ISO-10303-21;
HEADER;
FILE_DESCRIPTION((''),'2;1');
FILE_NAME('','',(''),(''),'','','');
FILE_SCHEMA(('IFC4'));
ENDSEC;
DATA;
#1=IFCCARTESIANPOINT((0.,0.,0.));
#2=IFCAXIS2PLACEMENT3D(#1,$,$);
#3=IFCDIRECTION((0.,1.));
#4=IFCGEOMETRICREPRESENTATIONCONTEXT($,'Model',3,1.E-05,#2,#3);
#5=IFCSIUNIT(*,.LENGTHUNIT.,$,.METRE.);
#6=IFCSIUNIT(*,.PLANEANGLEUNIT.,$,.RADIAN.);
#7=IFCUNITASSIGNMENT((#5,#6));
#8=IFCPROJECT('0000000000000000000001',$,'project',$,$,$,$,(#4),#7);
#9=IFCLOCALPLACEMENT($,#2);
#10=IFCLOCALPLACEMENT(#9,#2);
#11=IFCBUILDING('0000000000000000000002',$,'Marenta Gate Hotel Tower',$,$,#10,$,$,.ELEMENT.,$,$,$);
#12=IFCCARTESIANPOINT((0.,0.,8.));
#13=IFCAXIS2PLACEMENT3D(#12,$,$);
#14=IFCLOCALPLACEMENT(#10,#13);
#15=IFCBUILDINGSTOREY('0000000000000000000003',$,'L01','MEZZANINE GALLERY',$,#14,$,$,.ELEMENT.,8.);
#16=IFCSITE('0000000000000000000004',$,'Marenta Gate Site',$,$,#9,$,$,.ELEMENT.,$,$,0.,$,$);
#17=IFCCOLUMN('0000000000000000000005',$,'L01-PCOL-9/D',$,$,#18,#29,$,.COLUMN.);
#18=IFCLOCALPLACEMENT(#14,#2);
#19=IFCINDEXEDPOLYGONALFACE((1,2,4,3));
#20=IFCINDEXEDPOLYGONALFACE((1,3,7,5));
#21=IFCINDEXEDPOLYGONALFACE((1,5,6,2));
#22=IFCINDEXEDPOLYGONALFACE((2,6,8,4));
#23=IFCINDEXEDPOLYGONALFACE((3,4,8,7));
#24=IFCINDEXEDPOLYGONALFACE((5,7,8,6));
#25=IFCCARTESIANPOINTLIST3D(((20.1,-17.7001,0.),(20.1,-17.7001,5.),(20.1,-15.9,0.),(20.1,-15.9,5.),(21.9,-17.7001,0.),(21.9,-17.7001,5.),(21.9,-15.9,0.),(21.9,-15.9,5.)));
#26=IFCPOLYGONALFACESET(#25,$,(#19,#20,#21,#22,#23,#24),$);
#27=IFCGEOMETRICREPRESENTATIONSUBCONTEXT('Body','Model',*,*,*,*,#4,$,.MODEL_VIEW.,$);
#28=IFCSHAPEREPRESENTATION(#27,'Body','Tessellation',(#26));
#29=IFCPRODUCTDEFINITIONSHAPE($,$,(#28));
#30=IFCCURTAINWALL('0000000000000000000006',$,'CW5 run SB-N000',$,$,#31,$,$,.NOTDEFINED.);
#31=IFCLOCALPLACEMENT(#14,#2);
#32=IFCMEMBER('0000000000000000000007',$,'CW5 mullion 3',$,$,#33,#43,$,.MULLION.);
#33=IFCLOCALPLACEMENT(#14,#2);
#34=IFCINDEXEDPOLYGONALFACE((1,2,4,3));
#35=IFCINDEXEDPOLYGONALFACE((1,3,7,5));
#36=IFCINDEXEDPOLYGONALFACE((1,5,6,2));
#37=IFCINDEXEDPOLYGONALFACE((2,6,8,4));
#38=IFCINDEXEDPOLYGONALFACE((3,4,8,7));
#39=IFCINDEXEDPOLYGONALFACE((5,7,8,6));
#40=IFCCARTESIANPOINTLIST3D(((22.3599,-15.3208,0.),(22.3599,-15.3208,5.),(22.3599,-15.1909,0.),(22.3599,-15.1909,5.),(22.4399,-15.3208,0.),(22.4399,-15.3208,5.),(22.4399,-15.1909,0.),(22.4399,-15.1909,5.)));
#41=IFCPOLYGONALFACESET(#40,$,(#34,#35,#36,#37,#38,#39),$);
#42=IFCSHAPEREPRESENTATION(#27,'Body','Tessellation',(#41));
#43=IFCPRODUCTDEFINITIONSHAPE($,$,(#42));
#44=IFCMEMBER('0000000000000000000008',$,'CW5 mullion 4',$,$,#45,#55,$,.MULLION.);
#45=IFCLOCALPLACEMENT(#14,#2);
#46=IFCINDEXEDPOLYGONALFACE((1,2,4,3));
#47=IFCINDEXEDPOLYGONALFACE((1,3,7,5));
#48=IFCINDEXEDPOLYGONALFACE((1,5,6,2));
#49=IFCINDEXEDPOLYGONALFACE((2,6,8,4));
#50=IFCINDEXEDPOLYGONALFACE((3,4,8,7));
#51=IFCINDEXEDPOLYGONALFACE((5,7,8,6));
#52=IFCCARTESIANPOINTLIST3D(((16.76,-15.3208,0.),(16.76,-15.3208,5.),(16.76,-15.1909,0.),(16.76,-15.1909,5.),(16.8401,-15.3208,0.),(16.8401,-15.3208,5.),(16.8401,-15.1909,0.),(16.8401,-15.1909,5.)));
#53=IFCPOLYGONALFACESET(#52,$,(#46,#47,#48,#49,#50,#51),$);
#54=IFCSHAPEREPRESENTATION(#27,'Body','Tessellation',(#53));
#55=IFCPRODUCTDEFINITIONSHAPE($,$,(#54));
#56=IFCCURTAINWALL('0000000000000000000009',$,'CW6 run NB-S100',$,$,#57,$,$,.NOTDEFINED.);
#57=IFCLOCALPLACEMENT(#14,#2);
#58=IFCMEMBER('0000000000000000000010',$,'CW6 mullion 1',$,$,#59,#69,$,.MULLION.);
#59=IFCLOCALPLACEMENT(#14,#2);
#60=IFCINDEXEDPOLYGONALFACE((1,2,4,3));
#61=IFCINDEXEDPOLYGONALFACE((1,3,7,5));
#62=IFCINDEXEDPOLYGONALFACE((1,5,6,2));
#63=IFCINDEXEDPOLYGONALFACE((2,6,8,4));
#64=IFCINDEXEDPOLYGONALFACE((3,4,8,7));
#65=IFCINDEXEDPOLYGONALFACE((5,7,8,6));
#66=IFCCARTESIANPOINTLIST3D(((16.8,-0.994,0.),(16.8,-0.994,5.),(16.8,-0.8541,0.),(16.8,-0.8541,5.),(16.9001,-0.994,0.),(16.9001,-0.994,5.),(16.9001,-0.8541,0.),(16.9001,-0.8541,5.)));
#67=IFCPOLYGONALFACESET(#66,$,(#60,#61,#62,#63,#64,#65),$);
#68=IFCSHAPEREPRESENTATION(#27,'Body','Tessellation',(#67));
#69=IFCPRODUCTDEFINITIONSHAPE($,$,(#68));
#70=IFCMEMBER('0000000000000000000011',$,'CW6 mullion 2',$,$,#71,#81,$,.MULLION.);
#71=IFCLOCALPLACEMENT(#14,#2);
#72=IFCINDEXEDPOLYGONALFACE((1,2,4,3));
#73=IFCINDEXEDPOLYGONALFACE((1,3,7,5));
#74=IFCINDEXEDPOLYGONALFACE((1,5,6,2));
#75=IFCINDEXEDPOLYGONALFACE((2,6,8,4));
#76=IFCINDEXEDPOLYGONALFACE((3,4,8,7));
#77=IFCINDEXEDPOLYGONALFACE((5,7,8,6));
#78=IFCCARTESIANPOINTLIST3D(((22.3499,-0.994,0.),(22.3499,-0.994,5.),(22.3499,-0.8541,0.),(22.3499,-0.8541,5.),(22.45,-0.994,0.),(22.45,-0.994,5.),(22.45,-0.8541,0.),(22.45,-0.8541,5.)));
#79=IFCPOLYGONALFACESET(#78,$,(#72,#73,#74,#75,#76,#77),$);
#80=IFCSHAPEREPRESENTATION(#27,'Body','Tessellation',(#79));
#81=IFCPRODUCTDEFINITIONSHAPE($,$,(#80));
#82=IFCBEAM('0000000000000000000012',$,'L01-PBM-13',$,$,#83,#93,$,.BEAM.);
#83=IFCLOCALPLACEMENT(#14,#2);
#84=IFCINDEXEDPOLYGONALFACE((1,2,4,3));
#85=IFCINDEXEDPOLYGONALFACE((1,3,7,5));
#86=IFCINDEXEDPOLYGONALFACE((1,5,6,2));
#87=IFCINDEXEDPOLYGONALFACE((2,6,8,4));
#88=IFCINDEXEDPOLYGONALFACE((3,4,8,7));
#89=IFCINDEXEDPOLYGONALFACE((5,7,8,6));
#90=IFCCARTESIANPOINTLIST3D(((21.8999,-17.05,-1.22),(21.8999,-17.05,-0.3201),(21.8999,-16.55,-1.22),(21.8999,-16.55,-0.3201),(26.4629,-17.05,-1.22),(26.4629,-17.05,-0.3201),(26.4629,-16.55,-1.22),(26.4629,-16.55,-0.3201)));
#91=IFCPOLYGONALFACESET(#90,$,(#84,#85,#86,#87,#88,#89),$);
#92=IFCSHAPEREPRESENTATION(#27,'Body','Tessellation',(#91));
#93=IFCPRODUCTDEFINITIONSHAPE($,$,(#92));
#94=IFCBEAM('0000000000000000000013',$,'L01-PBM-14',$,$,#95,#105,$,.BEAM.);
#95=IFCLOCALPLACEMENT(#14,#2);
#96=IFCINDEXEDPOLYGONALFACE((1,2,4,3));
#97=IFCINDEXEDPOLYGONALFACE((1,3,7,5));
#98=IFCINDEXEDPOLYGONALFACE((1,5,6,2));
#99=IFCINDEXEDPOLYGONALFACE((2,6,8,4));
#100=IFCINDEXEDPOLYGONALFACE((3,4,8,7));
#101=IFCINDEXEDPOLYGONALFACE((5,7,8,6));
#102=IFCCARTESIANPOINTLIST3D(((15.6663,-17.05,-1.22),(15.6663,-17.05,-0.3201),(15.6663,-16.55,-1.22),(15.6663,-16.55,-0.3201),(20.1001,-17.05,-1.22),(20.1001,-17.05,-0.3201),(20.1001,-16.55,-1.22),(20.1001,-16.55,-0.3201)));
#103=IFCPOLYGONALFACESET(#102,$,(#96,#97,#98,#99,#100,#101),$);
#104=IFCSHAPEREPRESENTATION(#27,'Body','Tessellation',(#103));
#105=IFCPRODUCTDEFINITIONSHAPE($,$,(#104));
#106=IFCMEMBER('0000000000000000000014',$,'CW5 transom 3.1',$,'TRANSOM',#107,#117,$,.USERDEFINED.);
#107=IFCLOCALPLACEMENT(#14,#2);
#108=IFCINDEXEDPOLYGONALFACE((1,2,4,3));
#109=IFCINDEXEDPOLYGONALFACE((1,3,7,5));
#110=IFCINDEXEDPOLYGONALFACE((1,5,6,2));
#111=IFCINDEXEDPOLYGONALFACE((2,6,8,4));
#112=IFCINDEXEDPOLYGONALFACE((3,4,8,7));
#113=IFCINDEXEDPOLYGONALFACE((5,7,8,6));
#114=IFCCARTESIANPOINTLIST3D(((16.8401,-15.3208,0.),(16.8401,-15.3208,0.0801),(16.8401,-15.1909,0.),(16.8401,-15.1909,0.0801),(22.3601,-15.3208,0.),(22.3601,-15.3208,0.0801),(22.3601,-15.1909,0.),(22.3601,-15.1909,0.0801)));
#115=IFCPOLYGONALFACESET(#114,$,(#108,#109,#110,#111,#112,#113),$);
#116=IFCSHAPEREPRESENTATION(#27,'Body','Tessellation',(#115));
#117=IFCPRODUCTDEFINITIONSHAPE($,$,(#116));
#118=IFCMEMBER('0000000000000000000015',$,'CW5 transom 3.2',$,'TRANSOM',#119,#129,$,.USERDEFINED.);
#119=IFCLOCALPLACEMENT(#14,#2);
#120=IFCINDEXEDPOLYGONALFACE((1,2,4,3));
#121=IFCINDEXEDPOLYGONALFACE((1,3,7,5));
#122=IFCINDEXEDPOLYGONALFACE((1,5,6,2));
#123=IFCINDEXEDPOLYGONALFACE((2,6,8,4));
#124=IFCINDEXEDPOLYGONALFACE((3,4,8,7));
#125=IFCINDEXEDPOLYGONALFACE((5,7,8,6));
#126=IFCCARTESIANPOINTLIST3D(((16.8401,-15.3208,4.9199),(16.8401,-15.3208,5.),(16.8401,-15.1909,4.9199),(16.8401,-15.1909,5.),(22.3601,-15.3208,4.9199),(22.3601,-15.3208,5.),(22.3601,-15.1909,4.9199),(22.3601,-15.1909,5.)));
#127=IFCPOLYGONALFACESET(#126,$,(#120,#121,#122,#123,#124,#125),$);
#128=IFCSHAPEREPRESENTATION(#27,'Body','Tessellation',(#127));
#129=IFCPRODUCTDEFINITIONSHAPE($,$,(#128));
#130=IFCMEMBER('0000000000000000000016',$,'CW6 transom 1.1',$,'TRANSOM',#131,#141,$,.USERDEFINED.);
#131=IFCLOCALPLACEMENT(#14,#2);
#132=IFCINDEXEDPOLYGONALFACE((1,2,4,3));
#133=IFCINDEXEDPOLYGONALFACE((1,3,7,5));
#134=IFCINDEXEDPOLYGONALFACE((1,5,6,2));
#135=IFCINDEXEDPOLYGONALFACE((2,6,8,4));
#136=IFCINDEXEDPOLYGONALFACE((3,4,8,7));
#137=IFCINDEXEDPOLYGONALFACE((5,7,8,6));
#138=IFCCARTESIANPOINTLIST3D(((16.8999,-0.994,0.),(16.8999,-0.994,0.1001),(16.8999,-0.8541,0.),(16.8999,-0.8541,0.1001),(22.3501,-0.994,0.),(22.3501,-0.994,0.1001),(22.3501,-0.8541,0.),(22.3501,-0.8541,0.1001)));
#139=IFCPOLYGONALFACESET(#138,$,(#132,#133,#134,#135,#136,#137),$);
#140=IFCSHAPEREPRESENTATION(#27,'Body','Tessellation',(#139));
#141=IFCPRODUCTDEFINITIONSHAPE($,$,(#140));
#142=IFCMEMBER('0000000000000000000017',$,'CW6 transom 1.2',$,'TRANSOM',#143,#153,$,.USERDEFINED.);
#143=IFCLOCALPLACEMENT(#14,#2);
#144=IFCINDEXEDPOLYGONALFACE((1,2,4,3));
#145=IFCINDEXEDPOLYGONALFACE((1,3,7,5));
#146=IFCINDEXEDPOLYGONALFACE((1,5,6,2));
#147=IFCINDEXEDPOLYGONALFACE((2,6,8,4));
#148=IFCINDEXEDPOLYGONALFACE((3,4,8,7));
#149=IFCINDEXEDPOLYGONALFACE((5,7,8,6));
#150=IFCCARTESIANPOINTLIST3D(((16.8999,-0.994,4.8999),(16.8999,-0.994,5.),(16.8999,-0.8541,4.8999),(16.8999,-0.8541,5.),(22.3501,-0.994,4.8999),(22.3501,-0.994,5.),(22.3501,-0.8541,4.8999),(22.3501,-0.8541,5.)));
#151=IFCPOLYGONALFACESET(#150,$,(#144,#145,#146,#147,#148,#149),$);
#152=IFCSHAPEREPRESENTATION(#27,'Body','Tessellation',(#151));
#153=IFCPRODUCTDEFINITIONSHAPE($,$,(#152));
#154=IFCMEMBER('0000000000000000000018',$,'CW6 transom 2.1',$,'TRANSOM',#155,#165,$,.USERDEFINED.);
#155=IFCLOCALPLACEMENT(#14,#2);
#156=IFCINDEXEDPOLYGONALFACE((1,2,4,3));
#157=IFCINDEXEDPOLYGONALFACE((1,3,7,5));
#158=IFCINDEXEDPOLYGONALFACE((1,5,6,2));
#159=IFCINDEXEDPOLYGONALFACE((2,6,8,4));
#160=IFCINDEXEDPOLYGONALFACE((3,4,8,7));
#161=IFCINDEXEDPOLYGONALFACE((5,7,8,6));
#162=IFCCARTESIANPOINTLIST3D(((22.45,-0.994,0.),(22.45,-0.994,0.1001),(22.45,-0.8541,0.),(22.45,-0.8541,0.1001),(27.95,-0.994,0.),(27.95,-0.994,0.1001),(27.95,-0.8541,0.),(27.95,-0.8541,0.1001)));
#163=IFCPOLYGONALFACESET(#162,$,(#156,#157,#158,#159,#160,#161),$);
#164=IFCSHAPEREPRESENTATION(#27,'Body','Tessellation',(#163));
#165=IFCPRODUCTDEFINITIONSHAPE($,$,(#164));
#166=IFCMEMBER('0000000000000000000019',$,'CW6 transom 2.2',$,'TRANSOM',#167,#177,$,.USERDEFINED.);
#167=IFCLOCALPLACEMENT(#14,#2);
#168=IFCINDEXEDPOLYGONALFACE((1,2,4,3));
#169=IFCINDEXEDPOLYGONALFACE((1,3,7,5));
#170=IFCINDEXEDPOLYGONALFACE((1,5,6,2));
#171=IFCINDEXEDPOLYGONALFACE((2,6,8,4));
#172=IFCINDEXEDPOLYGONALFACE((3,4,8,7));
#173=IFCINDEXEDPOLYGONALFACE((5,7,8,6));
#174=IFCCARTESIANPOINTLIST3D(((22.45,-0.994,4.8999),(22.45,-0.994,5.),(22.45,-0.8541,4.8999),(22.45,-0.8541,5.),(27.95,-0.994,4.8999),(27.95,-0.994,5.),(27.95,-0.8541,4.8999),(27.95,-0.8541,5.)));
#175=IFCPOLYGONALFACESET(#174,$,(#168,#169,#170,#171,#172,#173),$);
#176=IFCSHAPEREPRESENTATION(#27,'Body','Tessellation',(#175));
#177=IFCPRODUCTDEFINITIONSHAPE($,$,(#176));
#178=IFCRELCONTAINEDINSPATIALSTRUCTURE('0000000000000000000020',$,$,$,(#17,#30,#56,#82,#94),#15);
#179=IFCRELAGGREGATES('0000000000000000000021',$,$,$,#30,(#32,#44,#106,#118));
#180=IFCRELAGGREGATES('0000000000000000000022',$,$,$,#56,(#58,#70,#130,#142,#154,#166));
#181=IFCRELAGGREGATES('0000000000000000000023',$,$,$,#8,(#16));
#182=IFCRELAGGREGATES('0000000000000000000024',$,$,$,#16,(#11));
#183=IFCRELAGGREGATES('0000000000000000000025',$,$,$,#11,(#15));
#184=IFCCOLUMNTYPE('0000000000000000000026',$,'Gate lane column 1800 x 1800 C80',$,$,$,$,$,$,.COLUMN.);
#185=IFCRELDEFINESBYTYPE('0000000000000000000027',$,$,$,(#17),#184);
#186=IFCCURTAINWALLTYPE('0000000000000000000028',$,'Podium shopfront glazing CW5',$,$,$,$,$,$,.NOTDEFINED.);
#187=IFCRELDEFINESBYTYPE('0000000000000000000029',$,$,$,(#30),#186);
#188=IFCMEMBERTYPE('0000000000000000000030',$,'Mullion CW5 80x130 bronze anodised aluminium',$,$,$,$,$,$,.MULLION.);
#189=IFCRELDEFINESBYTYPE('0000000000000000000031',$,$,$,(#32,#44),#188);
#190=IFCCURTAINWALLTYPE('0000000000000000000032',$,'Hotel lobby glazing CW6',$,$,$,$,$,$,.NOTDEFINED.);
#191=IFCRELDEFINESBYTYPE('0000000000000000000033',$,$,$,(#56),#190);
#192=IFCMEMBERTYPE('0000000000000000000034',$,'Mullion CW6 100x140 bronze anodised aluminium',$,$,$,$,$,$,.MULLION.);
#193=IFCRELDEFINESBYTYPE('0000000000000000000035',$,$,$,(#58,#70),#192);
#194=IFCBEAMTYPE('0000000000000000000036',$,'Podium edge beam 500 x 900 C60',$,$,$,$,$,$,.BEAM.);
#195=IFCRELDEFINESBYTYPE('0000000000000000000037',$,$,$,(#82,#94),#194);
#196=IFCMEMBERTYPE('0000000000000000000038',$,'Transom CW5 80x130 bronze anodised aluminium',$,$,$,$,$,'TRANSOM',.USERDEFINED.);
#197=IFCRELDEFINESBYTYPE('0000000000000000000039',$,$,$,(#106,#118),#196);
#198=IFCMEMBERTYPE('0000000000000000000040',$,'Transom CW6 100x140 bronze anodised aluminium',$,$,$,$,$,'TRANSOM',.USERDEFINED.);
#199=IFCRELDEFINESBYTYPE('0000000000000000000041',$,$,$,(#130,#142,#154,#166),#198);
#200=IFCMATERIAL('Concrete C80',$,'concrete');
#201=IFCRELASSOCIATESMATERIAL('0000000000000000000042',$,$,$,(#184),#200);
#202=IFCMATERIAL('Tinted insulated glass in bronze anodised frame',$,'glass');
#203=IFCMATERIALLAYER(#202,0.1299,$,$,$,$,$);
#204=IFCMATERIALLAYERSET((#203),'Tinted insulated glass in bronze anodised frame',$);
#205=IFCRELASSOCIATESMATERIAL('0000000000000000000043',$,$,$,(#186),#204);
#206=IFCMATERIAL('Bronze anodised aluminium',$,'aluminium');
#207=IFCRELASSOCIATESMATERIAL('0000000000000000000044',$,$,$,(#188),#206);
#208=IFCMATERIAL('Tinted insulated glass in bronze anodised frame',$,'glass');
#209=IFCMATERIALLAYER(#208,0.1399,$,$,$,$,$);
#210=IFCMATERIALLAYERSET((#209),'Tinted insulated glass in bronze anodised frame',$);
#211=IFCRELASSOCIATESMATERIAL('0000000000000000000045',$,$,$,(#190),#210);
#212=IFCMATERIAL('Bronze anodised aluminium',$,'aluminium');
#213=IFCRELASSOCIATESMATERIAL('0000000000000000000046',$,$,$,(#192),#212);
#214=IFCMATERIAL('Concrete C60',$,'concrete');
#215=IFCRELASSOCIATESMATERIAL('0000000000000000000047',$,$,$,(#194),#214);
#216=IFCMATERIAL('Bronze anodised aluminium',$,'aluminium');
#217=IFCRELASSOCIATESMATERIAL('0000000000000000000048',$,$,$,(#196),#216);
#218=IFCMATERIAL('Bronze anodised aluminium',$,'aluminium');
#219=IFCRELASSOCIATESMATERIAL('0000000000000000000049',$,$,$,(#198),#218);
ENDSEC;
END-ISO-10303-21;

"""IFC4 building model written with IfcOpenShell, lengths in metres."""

from ifc_helpers import new_model, si_unit, direction, frame, origin, origin_2d, place, context, subcontext, project, spatial, rectangle, extrude, material, layer, layer_set, material_profile, profile_set, type_object, element, aggregate, save


model = new_model("IFC4")

# Units and contexts
model_context = context("Model", 3, precision=1e-05, world=origin(), true_north=direction((0.0, 1.0)))
body_context = subcontext(model_context, "Body", "Model", "MODEL_VIEW")
ifc_project = project(units=[si_unit("LENGTHUNIT", "METRE"), si_unit("PLANEANGLEUNIT", "RADIAN")], contexts=[model_context])

# Site, building, storey
site_placement = place(None, origin())
site = spatial("IfcSite", under=ifc_project, at=site_placement, Name="Marenta Gate Site", CompositionType="ELEMENT", RefElevation=0.0)
building_placement = place(site_placement, origin())
building = spatial("IfcBuilding", under=site, at=building_placement, Name="Marenta Gate Hotel Tower", CompositionType="ELEMENT")
storey_placement = place(building_placement, frame((0.0, 0.0, 8.0)))
storey = spatial("IfcBuildingStorey", under=building, at=storey_placement, Name="L01", Description="MEZZANINE GALLERY", CompositionType="ELEMENT", Elevation=8.0)

# Column
ifc_material_1 = material(Name="Concrete C80", Category="concrete")
ifc_material_profile_1 = material_profile(ifc_material_1, rectangle(XDim=1.8, YDim=1.8, at=origin_2d()), Name="1800 x 1800")
ifc_profile_set_1 = profile_set([ifc_material_profile_1], Name="Concrete C80")
column_type = type_object("IfcColumnType", Name="Gate lane column 1800 x 1800 C80", PredefinedType="COLUMN", material=ifc_profile_set_1)
column_placement = place(storey_placement, frame((21.0, -16.8, 0.0), z_axis=(0.0, 0.0, 1.0), x_axis=(1.0, 0.0, 0.0)))
element("IfcColumn", 1, at=column_placement, inside=storey, type_object=column_type, Name="L01-PCOL-9/D", PredefinedType="COLUMN", context=body_context, shape_type="SweptSolid", body=[
    extrude(rectangle(XDim=1.8, YDim=1.8, at=origin_2d()), origin(), (0.0, 0.0, 1.0), 5.0),
])

# Curtain walls, members
ifc_material_2 = material(Name="Tinted insulated glass in bronze anodised frame", Category="glass")
ifc_layer_1 = layer(ifc_material_2, 0.1299)
ifc_layer_set_1 = layer_set([ifc_layer_1], Name="Tinted insulated glass in bronze anodised frame")
curtain_wall_type_1 = type_object("IfcCurtainWallType", Name="Podium shopfront glazing CW5", PredefinedType="NOTDEFINED", material=ifc_layer_set_1)
curtain_wall_1_placement = place(storey_placement, origin())
curtain_wall_1 = element("IfcCurtainWall", 2, at=curtain_wall_1_placement, inside=storey, type_object=curtain_wall_type_1, Name="CW5 run SB-N000", PredefinedType="NOTDEFINED")
ifc_material_3 = material(Name="Bronze anodised aluminium", Category="aluminium")
ifc_material_profile_2 = material_profile(ifc_material_3, rectangle(XDim=0.1299, YDim=0.0801, at=origin_2d()), Name="Mullion CW5 80x130 bronze anodised aluminium")
ifc_profile_set_2 = profile_set([ifc_material_profile_2], Name="Bronze anodised aluminium")
member_type_1 = type_object("IfcMemberType", Name="Mullion CW5 80x130 bronze anodised aluminium", PredefinedType="MULLION", material=ifc_profile_set_2)
member_1_placement = place(storey_placement, frame((22.3999, -15.2559, 0.0), z_axis=(0.0, 0.0, 1.0), x_axis=(0.0, -1.0, 0.0)))
member_1 = element("IfcMember", 3, at=member_1_placement, type_object=member_type_1, Name="CW5 mullion 3", PredefinedType="MULLION", context=body_context, shape_type="SweptSolid", body=[
    extrude(rectangle(XDim=0.1299, YDim=0.0801, at=origin_2d()), origin(), (0.0, 0.0, 1.0), 5.0),
])
member_2_placement = place(storey_placement, frame((16.8, -15.2559, 0.0), z_axis=(0.0, 0.0, 1.0), x_axis=(0.0, -1.0, 0.0)))
member_2 = element("IfcMember", 4, at=member_2_placement, type_object=member_type_1, Name="CW5 mullion 4", PredefinedType="MULLION", context=body_context, shape_type="SweptSolid", body=[
    extrude(rectangle(XDim=0.1299, YDim=0.0801, at=origin_2d()), origin(), (0.0, 0.0, 1.0), 5.0),
])
ifc_material_4 = material(Name="Tinted insulated glass in bronze anodised frame", Category="glass")
ifc_layer_2 = layer(ifc_material_4, 0.1399)
ifc_layer_set_2 = layer_set([ifc_layer_2], Name="Tinted insulated glass in bronze anodised frame")
curtain_wall_type_2 = type_object("IfcCurtainWallType", Name="Hotel lobby glazing CW6", PredefinedType="NOTDEFINED", material=ifc_layer_set_2)
curtain_wall_2_placement = place(storey_placement, origin())
curtain_wall_2 = element("IfcCurtainWall", 5, at=curtain_wall_2_placement, inside=storey, type_object=curtain_wall_type_2, Name="CW6 run NB-S100", PredefinedType="NOTDEFINED")
ifc_material_5 = material(Name="Bronze anodised aluminium", Category="aluminium")
ifc_material_profile_3 = material_profile(ifc_material_5, rectangle(XDim=0.1399, YDim=0.1001, at=origin_2d()), Name="Mullion CW6 100x140 bronze anodised aluminium")
ifc_profile_set_3 = profile_set([ifc_material_profile_3], Name="Bronze anodised aluminium")
member_type_2 = type_object("IfcMemberType", Name="Mullion CW6 100x140 bronze anodised aluminium", PredefinedType="MULLION", material=ifc_profile_set_3)
member_3_placement = place(storey_placement, frame((16.8501, -0.9241, 0.0), z_axis=(0.0, 0.0, 1.0), x_axis=(0.0, 1.0, 0.0)))
member_3 = element("IfcMember", 6, at=member_3_placement, type_object=member_type_2, Name="CW6 mullion 1", PredefinedType="MULLION", context=body_context, shape_type="SweptSolid", body=[
    extrude(rectangle(XDim=0.1399, YDim=0.1001, at=origin_2d()), origin(), (0.0, 0.0, 1.0), 5.0),
])
member_4_placement = place(storey_placement, frame((22.3999, -0.9241, 0.0), z_axis=(0.0, 0.0, 1.0), x_axis=(0.0, 1.0, 0.0)))
member_4 = element("IfcMember", 7, at=member_4_placement, type_object=member_type_2, Name="CW6 mullion 2", PredefinedType="MULLION", context=body_context, shape_type="SweptSolid", body=[
    extrude(rectangle(XDim=0.1399, YDim=0.1001, at=origin_2d()), origin(), (0.0, 0.0, 1.0), 5.0),
])

# Beams
ifc_material_6 = material(Name="Concrete C60", Category="concrete")
ifc_material_profile_4 = material_profile(ifc_material_6, rectangle(XDim=0.5, YDim=0.8999, at=origin_2d()), Name="500 x 900")
ifc_profile_set_4 = profile_set([ifc_material_profile_4], Name="Concrete C60")
beam_type = type_object("IfcBeamType", Name="Podium edge beam 500 x 900 C60", PredefinedType="BEAM", material=ifc_profile_set_4)
beam_1_placement = place(storey_placement, frame((26.4629, -16.8, -0.77), z_axis=(-1.0, 0.0, 0.0), x_axis=(0.0, -1.0, 0.0)))
element("IfcBeam", 8, at=beam_1_placement, inside=storey, type_object=beam_type, Name="L01-PBM-13", PredefinedType="BEAM", context=body_context, shape_type="SweptSolid", body=[
    extrude(rectangle(XDim=0.5, YDim=0.8999, at=origin_2d()), origin(), (0.0, 0.0, 1.0), 4.563),
])
beam_2_placement = place(storey_placement, frame((20.1001, -16.8, -0.77), z_axis=(-1.0, 0.0, 0.0), x_axis=(0.0, -1.0, 0.0)))
element("IfcBeam", 9, at=beam_2_placement, inside=storey, type_object=beam_type, Name="L01-PBM-14", PredefinedType="BEAM", context=body_context, shape_type="SweptSolid", body=[
    extrude(rectangle(XDim=0.5, YDim=0.8999, at=origin_2d()), origin(), (0.0, 0.0, 1.0), 4.4338),
])

# Members
ifc_material_7 = material(Name="Bronze anodised aluminium", Category="aluminium")
ifc_material_profile_5 = material_profile(ifc_material_7, rectangle(XDim=0.1299, YDim=0.0801, at=origin_2d()), Name="Transom CW5 80x130 bronze anodised aluminium")
ifc_profile_set_5 = profile_set([ifc_material_profile_5], Name="Bronze anodised aluminium")
member_type_3 = type_object("IfcMemberType", Name="Transom CW5 80x130 bronze anodised aluminium", ElementType="TRANSOM", PredefinedType="USERDEFINED", material=ifc_profile_set_5)
member_5_placement = place(storey_placement, frame((22.3601, -15.2559, 0.04), z_axis=(-1.0, 0.0, 0.0), x_axis=(0.0, -1.0, 0.0)))
member_5 = element("IfcMember", 10, at=member_5_placement, type_object=member_type_3, Name="CW5 transom 3.1", ObjectType="TRANSOM", PredefinedType="USERDEFINED", context=body_context, shape_type="SweptSolid", body=[
    extrude(rectangle(XDim=0.1299, YDim=0.0801, at=origin_2d()), origin(), (0.0, 0.0, 1.0), 5.52),
])
member_6_placement = place(storey_placement, frame((22.3601, -15.2559, 4.96), z_axis=(-1.0, 0.0, 0.0), x_axis=(0.0, -1.0, 0.0)))
member_6 = element("IfcMember", 11, at=member_6_placement, type_object=member_type_3, Name="CW5 transom 3.2", ObjectType="TRANSOM", PredefinedType="USERDEFINED", context=body_context, shape_type="SweptSolid", body=[
    extrude(rectangle(XDim=0.1299, YDim=0.0801, at=origin_2d()), origin(), (0.0, 0.0, 1.0), 5.52),
])
ifc_material_8 = material(Name="Bronze anodised aluminium", Category="aluminium")
ifc_material_profile_6 = material_profile(ifc_material_8, rectangle(XDim=0.1399, YDim=0.1001, at=origin_2d()), Name="Transom CW6 100x140 bronze anodised aluminium")
ifc_profile_set_6 = profile_set([ifc_material_profile_6], Name="Bronze anodised aluminium")
member_type_4 = type_object("IfcMemberType", Name="Transom CW6 100x140 bronze anodised aluminium", ElementType="TRANSOM", PredefinedType="USERDEFINED", material=ifc_profile_set_6)
member_7_placement = place(storey_placement, frame((16.8999, -0.9241, 0.05), z_axis=(1.0, 0.0, 0.0), x_axis=(0.0, 1.0, 0.0)))
member_7 = element("IfcMember", 12, at=member_7_placement, type_object=member_type_4, Name="CW6 transom 1.1", ObjectType="TRANSOM", PredefinedType="USERDEFINED", context=body_context, shape_type="SweptSolid", body=[
    extrude(rectangle(XDim=0.1399, YDim=0.1001, at=origin_2d()), origin(), (0.0, 0.0, 1.0), 5.4502),
])
member_8_placement = place(storey_placement, frame((16.8999, -0.9241, 4.95), z_axis=(1.0, 0.0, 0.0), x_axis=(0.0, 1.0, 0.0)))
member_8 = element("IfcMember", 13, at=member_8_placement, type_object=member_type_4, Name="CW6 transom 1.2", ObjectType="TRANSOM", PredefinedType="USERDEFINED", context=body_context, shape_type="SweptSolid", body=[
    extrude(rectangle(XDim=0.1399, YDim=0.1001, at=origin_2d()), origin(), (0.0, 0.0, 1.0), 5.4502),
])
member_9_placement = place(storey_placement, frame((22.45, -0.9241, 0.05), z_axis=(1.0, 0.0, 0.0), x_axis=(0.0, 1.0, 0.0)))
member_9 = element("IfcMember", 14, at=member_9_placement, type_object=member_type_4, Name="CW6 transom 2.1", ObjectType="TRANSOM", PredefinedType="USERDEFINED", context=body_context, shape_type="SweptSolid", body=[
    extrude(rectangle(XDim=0.1399, YDim=0.1001, at=origin_2d()), origin(), (0.0, 0.0, 1.0), 5.5),
])
member_10_placement = place(storey_placement, frame((22.45, -0.9241, 4.95), z_axis=(1.0, 0.0, 0.0), x_axis=(0.0, 1.0, 0.0)))
member_10 = element("IfcMember", 15, at=member_10_placement, type_object=member_type_4, Name="CW6 transom 2.2", ObjectType="TRANSOM", PredefinedType="USERDEFINED", context=body_context, shape_type="SweptSolid", body=[
    extrude(rectangle(XDim=0.1399, YDim=0.1001, at=origin_2d()), origin(), (0.0, 0.0, 1.0), 5.5),
])

aggregate(curtain_wall_1, [member_1, member_2, member_5, member_6])
aggregate(curtain_wall_2, [member_3, member_4, member_7, member_8, member_9, member_10])

save(model, "model.ifc")
